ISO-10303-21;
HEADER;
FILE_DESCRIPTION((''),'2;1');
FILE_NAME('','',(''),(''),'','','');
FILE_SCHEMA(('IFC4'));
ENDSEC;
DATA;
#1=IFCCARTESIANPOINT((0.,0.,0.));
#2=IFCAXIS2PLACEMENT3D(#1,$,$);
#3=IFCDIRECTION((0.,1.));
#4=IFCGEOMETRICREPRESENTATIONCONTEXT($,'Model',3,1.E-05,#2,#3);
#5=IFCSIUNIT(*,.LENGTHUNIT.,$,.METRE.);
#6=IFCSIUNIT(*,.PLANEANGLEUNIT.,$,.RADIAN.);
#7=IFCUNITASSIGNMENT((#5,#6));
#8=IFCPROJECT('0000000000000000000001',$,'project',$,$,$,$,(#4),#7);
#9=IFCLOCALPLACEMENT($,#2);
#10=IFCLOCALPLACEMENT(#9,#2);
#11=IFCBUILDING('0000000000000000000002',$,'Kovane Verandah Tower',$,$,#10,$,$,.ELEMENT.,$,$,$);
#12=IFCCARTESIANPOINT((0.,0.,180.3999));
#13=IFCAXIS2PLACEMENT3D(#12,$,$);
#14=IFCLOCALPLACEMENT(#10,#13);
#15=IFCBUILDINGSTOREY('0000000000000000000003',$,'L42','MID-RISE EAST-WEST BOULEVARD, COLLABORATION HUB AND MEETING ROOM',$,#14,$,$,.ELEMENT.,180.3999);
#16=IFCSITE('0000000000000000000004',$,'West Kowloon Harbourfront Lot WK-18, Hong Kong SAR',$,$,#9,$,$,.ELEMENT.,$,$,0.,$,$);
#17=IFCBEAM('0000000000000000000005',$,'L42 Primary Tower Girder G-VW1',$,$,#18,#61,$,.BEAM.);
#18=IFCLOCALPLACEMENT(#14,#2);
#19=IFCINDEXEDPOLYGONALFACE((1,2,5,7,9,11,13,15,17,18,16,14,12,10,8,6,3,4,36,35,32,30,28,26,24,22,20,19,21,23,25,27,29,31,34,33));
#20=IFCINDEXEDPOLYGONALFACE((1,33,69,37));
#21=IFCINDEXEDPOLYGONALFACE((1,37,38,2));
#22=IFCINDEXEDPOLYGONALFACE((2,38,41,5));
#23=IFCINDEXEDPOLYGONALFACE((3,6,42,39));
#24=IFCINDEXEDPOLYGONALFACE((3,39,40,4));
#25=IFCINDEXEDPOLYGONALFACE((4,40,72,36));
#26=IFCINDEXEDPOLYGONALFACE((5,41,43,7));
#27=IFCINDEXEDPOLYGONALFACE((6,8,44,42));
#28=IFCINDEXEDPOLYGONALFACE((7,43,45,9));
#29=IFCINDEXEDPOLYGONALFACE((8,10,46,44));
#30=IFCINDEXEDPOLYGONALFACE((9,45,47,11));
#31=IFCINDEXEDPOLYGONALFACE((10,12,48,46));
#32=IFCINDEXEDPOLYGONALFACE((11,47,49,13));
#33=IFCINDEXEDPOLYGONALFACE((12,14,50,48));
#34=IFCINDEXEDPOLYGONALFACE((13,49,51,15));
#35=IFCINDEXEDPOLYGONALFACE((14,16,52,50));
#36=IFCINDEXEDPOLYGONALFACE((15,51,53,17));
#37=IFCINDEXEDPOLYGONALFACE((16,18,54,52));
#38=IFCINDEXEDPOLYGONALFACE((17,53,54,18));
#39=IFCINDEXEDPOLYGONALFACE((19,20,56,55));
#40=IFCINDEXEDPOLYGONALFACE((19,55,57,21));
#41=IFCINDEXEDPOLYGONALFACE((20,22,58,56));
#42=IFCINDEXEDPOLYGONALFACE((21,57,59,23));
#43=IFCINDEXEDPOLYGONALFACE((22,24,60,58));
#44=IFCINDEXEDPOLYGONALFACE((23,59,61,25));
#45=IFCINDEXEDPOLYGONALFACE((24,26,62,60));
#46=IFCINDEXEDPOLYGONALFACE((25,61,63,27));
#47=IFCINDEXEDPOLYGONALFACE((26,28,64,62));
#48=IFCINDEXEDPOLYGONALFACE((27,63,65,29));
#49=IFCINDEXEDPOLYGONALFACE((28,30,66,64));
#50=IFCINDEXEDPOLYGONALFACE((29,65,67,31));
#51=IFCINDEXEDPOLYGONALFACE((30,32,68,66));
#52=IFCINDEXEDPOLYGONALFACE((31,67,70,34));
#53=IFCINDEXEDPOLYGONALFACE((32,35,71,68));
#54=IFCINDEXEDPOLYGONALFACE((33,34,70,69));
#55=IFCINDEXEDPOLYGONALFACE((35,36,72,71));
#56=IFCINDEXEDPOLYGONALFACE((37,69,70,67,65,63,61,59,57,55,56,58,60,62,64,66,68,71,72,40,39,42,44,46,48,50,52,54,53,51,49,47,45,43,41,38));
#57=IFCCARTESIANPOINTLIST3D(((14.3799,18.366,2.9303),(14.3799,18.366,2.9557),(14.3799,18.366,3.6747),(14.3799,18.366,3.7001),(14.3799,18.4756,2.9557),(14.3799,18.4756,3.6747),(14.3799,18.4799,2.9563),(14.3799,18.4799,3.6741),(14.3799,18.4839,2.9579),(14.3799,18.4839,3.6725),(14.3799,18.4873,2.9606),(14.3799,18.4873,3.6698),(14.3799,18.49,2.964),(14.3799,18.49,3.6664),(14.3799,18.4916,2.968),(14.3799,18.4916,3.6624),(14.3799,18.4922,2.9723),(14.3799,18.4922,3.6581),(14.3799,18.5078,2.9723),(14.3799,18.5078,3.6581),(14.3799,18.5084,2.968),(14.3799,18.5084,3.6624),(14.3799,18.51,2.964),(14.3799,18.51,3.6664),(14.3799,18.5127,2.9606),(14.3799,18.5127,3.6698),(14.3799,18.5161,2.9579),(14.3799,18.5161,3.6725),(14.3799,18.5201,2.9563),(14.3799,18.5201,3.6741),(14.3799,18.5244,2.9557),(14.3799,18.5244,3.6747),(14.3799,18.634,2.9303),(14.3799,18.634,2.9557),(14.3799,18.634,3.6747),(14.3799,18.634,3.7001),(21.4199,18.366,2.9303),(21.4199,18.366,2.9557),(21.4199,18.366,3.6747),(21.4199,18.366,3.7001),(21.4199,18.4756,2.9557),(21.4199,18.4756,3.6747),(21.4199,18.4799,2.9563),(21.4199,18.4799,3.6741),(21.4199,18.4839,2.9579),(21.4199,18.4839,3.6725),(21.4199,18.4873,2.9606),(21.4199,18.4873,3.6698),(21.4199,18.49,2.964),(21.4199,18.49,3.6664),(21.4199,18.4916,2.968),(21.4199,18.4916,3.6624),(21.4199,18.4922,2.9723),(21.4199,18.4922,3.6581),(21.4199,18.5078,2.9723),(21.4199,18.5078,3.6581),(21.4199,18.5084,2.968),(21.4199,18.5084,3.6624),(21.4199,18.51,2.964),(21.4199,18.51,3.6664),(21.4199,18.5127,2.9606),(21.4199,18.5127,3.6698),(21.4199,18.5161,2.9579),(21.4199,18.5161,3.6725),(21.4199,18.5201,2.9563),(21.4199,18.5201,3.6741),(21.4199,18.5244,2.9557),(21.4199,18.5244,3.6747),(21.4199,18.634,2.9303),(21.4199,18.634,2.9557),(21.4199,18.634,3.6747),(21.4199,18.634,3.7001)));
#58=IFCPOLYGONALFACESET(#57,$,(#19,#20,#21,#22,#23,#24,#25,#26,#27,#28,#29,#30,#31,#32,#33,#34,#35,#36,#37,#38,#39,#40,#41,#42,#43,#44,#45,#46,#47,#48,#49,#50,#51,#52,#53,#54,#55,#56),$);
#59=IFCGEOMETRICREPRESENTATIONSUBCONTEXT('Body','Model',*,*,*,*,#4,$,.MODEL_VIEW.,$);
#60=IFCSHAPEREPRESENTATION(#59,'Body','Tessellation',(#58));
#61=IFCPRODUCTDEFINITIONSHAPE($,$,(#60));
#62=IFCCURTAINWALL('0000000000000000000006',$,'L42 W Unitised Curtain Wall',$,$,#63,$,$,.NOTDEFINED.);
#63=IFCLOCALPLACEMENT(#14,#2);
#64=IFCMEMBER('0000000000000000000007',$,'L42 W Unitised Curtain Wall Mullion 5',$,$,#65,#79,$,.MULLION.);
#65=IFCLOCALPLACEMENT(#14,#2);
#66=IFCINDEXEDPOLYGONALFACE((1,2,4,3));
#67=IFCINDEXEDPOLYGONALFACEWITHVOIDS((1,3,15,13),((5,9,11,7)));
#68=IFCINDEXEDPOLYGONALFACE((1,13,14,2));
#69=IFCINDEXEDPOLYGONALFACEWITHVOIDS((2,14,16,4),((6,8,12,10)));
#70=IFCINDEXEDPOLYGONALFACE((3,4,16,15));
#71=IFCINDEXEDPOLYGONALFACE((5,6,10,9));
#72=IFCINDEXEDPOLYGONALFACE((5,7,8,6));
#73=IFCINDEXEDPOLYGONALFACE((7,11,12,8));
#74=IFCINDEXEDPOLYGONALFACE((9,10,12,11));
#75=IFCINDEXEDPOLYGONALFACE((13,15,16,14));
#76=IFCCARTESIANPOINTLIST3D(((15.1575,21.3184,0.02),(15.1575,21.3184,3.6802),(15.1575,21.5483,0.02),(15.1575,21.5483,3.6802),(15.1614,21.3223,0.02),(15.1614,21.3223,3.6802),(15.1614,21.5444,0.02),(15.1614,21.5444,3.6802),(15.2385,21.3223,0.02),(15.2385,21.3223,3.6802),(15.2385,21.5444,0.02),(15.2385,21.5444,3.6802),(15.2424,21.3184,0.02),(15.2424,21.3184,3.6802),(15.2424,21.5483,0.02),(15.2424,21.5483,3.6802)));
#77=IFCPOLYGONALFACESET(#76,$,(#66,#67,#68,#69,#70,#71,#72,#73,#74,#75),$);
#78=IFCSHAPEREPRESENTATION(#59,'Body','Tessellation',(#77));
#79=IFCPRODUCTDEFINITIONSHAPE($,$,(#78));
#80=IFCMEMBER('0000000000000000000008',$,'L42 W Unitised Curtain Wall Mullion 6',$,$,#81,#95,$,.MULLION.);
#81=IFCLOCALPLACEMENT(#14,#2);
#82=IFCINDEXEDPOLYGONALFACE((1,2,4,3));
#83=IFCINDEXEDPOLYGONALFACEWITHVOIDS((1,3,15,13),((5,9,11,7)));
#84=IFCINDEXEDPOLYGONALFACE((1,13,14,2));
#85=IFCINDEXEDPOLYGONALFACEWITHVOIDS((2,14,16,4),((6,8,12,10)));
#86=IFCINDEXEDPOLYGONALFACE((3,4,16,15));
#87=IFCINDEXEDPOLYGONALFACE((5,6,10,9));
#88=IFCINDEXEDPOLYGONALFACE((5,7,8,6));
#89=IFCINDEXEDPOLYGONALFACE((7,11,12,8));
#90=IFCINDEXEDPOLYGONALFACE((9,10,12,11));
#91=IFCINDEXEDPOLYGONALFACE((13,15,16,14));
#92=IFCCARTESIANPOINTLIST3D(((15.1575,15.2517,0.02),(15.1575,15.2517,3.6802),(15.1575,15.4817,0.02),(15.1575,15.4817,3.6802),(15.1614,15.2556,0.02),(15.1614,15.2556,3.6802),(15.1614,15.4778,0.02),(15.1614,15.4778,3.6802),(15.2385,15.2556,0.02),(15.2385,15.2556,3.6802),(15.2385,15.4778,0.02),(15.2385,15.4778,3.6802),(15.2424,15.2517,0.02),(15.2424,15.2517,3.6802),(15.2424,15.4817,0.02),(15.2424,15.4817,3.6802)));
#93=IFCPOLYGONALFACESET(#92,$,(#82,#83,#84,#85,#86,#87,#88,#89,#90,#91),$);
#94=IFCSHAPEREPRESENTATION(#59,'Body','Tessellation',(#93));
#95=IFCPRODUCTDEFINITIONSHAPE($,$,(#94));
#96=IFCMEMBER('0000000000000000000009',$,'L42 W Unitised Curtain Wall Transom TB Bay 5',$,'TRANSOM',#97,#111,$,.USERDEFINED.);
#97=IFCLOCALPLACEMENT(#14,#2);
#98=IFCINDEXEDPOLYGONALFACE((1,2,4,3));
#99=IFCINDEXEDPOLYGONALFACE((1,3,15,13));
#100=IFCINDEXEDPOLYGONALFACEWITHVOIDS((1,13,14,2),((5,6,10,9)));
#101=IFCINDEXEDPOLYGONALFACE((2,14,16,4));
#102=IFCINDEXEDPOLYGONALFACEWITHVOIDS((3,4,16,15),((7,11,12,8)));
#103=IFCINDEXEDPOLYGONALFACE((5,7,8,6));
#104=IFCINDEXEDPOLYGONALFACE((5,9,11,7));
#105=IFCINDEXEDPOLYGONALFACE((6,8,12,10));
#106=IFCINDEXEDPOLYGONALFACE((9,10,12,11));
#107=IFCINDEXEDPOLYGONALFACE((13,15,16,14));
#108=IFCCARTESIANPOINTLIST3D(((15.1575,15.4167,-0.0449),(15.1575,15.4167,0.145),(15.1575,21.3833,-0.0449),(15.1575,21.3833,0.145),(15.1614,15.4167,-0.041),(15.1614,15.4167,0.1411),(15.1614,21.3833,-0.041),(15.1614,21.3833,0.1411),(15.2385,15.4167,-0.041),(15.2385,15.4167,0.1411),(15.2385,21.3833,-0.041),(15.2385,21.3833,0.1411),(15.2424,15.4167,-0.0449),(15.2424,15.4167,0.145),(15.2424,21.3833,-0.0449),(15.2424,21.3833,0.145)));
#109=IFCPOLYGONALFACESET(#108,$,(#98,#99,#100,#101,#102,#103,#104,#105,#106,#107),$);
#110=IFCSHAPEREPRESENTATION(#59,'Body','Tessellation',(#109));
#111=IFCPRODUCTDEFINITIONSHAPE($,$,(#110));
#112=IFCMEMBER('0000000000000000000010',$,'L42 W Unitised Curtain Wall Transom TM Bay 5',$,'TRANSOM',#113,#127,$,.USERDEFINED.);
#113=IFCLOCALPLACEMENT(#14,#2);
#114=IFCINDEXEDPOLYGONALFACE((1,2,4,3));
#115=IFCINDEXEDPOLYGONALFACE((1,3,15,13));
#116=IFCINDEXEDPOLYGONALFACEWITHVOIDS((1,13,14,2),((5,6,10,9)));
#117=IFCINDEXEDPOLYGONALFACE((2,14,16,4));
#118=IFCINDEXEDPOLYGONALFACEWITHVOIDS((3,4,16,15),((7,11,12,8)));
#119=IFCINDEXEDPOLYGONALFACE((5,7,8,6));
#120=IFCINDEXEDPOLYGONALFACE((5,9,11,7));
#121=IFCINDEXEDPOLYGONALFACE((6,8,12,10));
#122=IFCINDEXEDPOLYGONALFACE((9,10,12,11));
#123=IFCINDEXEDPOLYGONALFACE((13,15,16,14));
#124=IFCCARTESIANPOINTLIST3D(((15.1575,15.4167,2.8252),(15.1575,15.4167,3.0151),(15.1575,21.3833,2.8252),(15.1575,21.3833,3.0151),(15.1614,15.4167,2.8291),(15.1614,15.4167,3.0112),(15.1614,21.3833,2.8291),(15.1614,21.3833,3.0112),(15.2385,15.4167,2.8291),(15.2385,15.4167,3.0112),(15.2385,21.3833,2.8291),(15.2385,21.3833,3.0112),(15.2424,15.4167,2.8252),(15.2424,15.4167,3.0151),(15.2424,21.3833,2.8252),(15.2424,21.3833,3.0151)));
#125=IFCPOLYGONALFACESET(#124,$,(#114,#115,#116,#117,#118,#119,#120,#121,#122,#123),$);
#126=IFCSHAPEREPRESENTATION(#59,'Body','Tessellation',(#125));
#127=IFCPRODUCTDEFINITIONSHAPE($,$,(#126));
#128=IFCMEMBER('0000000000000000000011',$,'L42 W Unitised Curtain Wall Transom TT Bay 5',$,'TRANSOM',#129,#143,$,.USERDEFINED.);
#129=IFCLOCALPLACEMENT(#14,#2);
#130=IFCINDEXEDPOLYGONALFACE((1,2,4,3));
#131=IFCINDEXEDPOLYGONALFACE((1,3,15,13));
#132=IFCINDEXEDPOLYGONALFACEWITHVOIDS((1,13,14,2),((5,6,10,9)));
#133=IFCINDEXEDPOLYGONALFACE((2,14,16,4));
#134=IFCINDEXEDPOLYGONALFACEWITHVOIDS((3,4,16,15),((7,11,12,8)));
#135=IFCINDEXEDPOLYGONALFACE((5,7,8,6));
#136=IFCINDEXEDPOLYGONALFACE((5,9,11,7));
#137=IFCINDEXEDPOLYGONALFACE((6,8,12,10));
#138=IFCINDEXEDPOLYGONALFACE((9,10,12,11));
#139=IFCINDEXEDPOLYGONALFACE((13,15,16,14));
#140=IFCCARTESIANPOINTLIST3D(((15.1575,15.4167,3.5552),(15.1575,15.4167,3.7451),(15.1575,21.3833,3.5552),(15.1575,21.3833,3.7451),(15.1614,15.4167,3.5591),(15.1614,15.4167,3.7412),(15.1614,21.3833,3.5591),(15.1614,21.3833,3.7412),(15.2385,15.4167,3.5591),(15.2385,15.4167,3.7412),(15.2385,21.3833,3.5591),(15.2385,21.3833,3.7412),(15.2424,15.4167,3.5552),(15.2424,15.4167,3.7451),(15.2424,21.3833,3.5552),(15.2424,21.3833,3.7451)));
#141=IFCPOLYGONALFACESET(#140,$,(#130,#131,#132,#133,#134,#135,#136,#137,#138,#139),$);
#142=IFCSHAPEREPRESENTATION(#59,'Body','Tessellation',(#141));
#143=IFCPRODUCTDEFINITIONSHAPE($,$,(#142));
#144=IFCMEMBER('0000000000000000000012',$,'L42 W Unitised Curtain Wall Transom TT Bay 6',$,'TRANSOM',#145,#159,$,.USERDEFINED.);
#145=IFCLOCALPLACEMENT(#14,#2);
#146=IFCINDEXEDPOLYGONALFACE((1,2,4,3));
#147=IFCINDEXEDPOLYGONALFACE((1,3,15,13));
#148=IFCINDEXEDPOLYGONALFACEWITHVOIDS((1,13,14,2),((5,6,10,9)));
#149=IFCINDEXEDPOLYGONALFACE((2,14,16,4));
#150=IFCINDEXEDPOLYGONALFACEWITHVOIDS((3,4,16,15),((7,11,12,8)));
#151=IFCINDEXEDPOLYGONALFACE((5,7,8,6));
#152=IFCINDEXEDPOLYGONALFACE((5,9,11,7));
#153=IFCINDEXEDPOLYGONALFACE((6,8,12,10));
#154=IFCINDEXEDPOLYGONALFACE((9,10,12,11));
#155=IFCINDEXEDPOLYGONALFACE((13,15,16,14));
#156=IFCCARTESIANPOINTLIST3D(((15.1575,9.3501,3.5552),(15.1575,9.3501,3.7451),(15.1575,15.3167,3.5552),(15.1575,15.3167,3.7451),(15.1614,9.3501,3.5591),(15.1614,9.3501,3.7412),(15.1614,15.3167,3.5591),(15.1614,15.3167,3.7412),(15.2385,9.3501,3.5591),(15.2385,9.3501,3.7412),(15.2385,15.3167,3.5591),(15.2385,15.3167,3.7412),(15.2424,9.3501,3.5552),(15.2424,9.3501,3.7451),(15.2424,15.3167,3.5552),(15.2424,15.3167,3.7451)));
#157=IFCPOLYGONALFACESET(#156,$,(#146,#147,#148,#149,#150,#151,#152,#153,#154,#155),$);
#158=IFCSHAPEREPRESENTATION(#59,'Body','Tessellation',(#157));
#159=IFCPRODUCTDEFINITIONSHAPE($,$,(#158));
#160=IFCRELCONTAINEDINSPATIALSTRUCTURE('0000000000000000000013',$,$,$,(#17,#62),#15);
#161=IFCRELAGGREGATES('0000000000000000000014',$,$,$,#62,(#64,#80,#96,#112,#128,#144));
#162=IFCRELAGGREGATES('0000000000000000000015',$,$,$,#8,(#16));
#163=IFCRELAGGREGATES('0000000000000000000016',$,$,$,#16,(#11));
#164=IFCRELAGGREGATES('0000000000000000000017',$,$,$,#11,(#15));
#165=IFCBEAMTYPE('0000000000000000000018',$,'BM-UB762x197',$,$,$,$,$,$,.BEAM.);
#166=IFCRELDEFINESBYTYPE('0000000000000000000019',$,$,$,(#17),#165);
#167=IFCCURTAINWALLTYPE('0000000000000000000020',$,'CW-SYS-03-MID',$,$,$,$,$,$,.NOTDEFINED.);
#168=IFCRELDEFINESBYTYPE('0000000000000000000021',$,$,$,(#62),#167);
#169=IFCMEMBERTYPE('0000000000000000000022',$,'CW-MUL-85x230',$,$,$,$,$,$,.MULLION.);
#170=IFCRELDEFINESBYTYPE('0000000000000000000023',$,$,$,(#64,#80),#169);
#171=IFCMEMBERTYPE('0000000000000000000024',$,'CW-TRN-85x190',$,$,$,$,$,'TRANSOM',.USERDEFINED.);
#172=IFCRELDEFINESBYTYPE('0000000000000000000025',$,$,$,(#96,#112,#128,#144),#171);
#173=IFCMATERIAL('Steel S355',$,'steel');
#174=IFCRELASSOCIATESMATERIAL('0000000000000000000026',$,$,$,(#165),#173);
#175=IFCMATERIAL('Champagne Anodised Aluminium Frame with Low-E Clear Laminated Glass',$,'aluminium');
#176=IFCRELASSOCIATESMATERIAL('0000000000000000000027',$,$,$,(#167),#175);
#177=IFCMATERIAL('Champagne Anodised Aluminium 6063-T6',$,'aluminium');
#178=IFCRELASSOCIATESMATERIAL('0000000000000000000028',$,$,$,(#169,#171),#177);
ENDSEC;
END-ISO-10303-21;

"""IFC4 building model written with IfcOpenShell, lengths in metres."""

from ifc_helpers import new_model, si_unit, direction, frame, origin, origin_2d, place, context, subcontext, project, spatial, hollow_rectangle, i_section, extrude, material, material_profile, profile_set, type_object, element, aggregate, save


model = new_model("IFC4")

# Units and contexts
model_context = context("Model", 3, precision=1e-05, world=origin(), true_north=direction((0.0, 1.0)))
body_context = subcontext(model_context, "Body", "Model", "MODEL_VIEW")
ifc_project = project(units=[si_unit("LENGTHUNIT", "METRE"), si_unit("PLANEANGLEUNIT", "RADIAN")], contexts=[model_context])

# Site, building, storey
site_placement = place(None, origin())
site = spatial("IfcSite", under=ifc_project, at=site_placement, Name="West Kowloon Harbourfront Lot WK-18, Hong Kong SAR", CompositionType="ELEMENT", RefElevation=0.0)
building_placement = place(site_placement, origin())
building = spatial("IfcBuilding", under=site, at=building_placement, Name="Kovane Verandah Tower", CompositionType="ELEMENT")
storey_placement = place(building_placement, frame((0.0, 0.0, 180.3999)))
storey = spatial("IfcBuildingStorey", under=building, at=storey_placement, Name="L42", Description="MID-RISE EAST-WEST BOULEVARD, COLLABORATION HUB AND MEETING ROOM", CompositionType="ELEMENT", Elevation=180.3999)

# Beam
ifc_material_1 = material(Name="Steel S355", Category="steel")
ifc_material_profile_1 = material_profile(ifc_material_1, i_section(OverallWidth=0.2681, OverallDepth=0.7698, WebThickness=0.0156, FlangeThickness=0.0254, FilletRadius=0.0166, at=origin_2d()), Name="UB762x267x197")
ifc_profile_set_1 = profile_set([ifc_material_profile_1], Name="Steel S355")
beam_type_1 = type_object("IfcBeamType", Name="BM-UB762x197", PredefinedType="BEAM", material=ifc_profile_set_1)
beam_1_placement = place(storey_placement, frame((21.4199, 18.5, 3.3152), z_axis=(-1.0, 0.0, 0.0), x_axis=(0.0, -1.0, 0.0)))
element("IfcBeam", 1, at=beam_1_placement, inside=storey, type_object=beam_type_1, Name="L42 Primary Tower Girder G-VW1", PredefinedType="BEAM", context=body_context, shape_type="SweptSolid", body=[
    extrude(i_section(OverallWidth=0.2681, OverallDepth=0.7698, WebThickness=0.0156, FlangeThickness=0.0254, FilletRadius=0.0166, at=origin_2d()), origin(), (0.0, 0.0, 1.0), 7.04),
])

# Curtain wall, members
ifc_material_2 = material(Name="Champagne Anodised Aluminium Frame with Low-E Clear Laminated Glass", Category="aluminium")
curtain_wall_type = type_object("IfcCurtainWallType", Name="CW-SYS-03-MID", PredefinedType="NOTDEFINED", material=ifc_material_2)
curtain_wall_placement = place(storey_placement, origin())
curtain_wall = element("IfcCurtainWall", 2, at=curtain_wall_placement, inside=storey, type_object=curtain_wall_type, Name="L42 W Unitised Curtain Wall", PredefinedType="NOTDEFINED")
ifc_material_3 = material(Name="Champagne Anodised Aluminium 6063-T6", Category="aluminium")
ifc_material_profile_2 = material_profile(ifc_material_3, hollow_rectangle(XDim=0.085, YDim=0.23, WallThickness=0.0039, at=origin_2d()), Name="AL85x230x4")
ifc_profile_set_2 = profile_set([ifc_material_profile_2], Name="Champagne Anodised Aluminium 6063-T6")
member_type_1 = type_object("IfcMemberType", Name="CW-MUL-85x230", PredefinedType="MULLION", material=ifc_profile_set_2)
member_1_placement = place(storey_placement, frame((15.2, 21.4333, 0.02), z_axis=(0.0, 0.0, 1.0), x_axis=(-1.0, 0.0, 0.0)))
member_1 = element("IfcMember", 3, at=member_1_placement, type_object=member_type_1, Name="L42 W Unitised Curtain Wall Mullion 5", PredefinedType="MULLION", context=body_context, shape_type="SweptSolid", body=[
    extrude(hollow_rectangle(XDim=0.085, YDim=0.23, WallThickness=0.0039, at=origin_2d()), origin(), (0.0, 0.0, 1.0), 3.6602),
])
member_2_placement = place(storey_placement, frame((15.2, 15.3667, 0.02), z_axis=(0.0, 0.0, 1.0), x_axis=(-1.0, 0.0, 0.0)))
member_2 = element("IfcMember", 4, at=member_2_placement, type_object=member_type_1, Name="L42 W Unitised Curtain Wall Mullion 6", PredefinedType="MULLION", context=body_context, shape_type="SweptSolid", body=[
    extrude(hollow_rectangle(XDim=0.085, YDim=0.23, WallThickness=0.0039, at=origin_2d()), origin(), (0.0, 0.0, 1.0), 3.6602),
])
ifc_material_profile_3 = material_profile(ifc_material_3, hollow_rectangle(XDim=0.085, YDim=0.1899, WallThickness=0.0039, at=origin_2d()), Name="AL85x190x4")
ifc_profile_set_3 = profile_set([ifc_material_profile_3], Name="Champagne Anodised Aluminium 6063-T6")
member_type_2 = type_object("IfcMemberType", Name="CW-TRN-85x190", ElementType="TRANSOM", PredefinedType="USERDEFINED", material=ifc_profile_set_3)
member_3_placement = place(storey_placement, frame((15.2, 21.3833, 0.05), z_axis=(0.0, -1.0, 0.0), x_axis=(1.0, 0.0, 0.0)))
member_3 = element("IfcMember", 5, at=member_3_placement, type_object=member_type_2, Name="L42 W Unitised Curtain Wall Transom TB Bay 5", ObjectType="TRANSOM", PredefinedType="USERDEFINED", context=body_context, shape_type="SweptSolid", body=[
    extrude(hollow_rectangle(XDim=0.085, YDim=0.1899, WallThickness=0.0039, at=origin_2d()), origin(), (0.0, 0.0, 1.0), 5.9666),
])
member_4_placement = place(storey_placement, frame((15.2, 21.3833, 2.9202), z_axis=(0.0, -1.0, 0.0), x_axis=(1.0, 0.0, 0.0)))
member_4 = element("IfcMember", 6, at=member_4_placement, type_object=member_type_2, Name="L42 W Unitised Curtain Wall Transom TM Bay 5", ObjectType="TRANSOM", PredefinedType="USERDEFINED", context=body_context, shape_type="SweptSolid", body=[
    extrude(hollow_rectangle(XDim=0.085, YDim=0.1899, WallThickness=0.0039, at=origin_2d()), origin(), (0.0, 0.0, 1.0), 5.9666),
])
member_5_placement = place(storey_placement, frame((15.2, 21.3833, 3.6501), z_axis=(0.0, -1.0, 0.0), x_axis=(1.0, 0.0, 0.0)))
member_5 = element("IfcMember", 7, at=member_5_placement, type_object=member_type_2, Name="L42 W Unitised Curtain Wall Transom TT Bay 5", ObjectType="TRANSOM", PredefinedType="USERDEFINED", context=body_context, shape_type="SweptSolid", body=[
    extrude(hollow_rectangle(XDim=0.085, YDim=0.1899, WallThickness=0.0039, at=origin_2d()), origin(), (0.0, 0.0, 1.0), 5.9666),
])
member_6_placement = place(storey_placement, frame((15.2, 15.3167, 3.6501), z_axis=(0.0, -1.0, 0.0), x_axis=(1.0, 0.0, 0.0)))
member_6 = element("IfcMember", 8, at=member_6_placement, type_object=member_type_2, Name="L42 W Unitised Curtain Wall Transom TT Bay 6", ObjectType="TRANSOM", PredefinedType="USERDEFINED", context=body_context, shape_type="SweptSolid", body=[
    extrude(hollow_rectangle(XDim=0.085, YDim=0.1899, WallThickness=0.0039, at=origin_2d()), origin(), (0.0, 0.0, 1.0), 5.9666),
])

aggregate(curtain_wall, [member_1, member_2, member_3, member_4, member_5, member_6])

save(model, "model.ifc")
